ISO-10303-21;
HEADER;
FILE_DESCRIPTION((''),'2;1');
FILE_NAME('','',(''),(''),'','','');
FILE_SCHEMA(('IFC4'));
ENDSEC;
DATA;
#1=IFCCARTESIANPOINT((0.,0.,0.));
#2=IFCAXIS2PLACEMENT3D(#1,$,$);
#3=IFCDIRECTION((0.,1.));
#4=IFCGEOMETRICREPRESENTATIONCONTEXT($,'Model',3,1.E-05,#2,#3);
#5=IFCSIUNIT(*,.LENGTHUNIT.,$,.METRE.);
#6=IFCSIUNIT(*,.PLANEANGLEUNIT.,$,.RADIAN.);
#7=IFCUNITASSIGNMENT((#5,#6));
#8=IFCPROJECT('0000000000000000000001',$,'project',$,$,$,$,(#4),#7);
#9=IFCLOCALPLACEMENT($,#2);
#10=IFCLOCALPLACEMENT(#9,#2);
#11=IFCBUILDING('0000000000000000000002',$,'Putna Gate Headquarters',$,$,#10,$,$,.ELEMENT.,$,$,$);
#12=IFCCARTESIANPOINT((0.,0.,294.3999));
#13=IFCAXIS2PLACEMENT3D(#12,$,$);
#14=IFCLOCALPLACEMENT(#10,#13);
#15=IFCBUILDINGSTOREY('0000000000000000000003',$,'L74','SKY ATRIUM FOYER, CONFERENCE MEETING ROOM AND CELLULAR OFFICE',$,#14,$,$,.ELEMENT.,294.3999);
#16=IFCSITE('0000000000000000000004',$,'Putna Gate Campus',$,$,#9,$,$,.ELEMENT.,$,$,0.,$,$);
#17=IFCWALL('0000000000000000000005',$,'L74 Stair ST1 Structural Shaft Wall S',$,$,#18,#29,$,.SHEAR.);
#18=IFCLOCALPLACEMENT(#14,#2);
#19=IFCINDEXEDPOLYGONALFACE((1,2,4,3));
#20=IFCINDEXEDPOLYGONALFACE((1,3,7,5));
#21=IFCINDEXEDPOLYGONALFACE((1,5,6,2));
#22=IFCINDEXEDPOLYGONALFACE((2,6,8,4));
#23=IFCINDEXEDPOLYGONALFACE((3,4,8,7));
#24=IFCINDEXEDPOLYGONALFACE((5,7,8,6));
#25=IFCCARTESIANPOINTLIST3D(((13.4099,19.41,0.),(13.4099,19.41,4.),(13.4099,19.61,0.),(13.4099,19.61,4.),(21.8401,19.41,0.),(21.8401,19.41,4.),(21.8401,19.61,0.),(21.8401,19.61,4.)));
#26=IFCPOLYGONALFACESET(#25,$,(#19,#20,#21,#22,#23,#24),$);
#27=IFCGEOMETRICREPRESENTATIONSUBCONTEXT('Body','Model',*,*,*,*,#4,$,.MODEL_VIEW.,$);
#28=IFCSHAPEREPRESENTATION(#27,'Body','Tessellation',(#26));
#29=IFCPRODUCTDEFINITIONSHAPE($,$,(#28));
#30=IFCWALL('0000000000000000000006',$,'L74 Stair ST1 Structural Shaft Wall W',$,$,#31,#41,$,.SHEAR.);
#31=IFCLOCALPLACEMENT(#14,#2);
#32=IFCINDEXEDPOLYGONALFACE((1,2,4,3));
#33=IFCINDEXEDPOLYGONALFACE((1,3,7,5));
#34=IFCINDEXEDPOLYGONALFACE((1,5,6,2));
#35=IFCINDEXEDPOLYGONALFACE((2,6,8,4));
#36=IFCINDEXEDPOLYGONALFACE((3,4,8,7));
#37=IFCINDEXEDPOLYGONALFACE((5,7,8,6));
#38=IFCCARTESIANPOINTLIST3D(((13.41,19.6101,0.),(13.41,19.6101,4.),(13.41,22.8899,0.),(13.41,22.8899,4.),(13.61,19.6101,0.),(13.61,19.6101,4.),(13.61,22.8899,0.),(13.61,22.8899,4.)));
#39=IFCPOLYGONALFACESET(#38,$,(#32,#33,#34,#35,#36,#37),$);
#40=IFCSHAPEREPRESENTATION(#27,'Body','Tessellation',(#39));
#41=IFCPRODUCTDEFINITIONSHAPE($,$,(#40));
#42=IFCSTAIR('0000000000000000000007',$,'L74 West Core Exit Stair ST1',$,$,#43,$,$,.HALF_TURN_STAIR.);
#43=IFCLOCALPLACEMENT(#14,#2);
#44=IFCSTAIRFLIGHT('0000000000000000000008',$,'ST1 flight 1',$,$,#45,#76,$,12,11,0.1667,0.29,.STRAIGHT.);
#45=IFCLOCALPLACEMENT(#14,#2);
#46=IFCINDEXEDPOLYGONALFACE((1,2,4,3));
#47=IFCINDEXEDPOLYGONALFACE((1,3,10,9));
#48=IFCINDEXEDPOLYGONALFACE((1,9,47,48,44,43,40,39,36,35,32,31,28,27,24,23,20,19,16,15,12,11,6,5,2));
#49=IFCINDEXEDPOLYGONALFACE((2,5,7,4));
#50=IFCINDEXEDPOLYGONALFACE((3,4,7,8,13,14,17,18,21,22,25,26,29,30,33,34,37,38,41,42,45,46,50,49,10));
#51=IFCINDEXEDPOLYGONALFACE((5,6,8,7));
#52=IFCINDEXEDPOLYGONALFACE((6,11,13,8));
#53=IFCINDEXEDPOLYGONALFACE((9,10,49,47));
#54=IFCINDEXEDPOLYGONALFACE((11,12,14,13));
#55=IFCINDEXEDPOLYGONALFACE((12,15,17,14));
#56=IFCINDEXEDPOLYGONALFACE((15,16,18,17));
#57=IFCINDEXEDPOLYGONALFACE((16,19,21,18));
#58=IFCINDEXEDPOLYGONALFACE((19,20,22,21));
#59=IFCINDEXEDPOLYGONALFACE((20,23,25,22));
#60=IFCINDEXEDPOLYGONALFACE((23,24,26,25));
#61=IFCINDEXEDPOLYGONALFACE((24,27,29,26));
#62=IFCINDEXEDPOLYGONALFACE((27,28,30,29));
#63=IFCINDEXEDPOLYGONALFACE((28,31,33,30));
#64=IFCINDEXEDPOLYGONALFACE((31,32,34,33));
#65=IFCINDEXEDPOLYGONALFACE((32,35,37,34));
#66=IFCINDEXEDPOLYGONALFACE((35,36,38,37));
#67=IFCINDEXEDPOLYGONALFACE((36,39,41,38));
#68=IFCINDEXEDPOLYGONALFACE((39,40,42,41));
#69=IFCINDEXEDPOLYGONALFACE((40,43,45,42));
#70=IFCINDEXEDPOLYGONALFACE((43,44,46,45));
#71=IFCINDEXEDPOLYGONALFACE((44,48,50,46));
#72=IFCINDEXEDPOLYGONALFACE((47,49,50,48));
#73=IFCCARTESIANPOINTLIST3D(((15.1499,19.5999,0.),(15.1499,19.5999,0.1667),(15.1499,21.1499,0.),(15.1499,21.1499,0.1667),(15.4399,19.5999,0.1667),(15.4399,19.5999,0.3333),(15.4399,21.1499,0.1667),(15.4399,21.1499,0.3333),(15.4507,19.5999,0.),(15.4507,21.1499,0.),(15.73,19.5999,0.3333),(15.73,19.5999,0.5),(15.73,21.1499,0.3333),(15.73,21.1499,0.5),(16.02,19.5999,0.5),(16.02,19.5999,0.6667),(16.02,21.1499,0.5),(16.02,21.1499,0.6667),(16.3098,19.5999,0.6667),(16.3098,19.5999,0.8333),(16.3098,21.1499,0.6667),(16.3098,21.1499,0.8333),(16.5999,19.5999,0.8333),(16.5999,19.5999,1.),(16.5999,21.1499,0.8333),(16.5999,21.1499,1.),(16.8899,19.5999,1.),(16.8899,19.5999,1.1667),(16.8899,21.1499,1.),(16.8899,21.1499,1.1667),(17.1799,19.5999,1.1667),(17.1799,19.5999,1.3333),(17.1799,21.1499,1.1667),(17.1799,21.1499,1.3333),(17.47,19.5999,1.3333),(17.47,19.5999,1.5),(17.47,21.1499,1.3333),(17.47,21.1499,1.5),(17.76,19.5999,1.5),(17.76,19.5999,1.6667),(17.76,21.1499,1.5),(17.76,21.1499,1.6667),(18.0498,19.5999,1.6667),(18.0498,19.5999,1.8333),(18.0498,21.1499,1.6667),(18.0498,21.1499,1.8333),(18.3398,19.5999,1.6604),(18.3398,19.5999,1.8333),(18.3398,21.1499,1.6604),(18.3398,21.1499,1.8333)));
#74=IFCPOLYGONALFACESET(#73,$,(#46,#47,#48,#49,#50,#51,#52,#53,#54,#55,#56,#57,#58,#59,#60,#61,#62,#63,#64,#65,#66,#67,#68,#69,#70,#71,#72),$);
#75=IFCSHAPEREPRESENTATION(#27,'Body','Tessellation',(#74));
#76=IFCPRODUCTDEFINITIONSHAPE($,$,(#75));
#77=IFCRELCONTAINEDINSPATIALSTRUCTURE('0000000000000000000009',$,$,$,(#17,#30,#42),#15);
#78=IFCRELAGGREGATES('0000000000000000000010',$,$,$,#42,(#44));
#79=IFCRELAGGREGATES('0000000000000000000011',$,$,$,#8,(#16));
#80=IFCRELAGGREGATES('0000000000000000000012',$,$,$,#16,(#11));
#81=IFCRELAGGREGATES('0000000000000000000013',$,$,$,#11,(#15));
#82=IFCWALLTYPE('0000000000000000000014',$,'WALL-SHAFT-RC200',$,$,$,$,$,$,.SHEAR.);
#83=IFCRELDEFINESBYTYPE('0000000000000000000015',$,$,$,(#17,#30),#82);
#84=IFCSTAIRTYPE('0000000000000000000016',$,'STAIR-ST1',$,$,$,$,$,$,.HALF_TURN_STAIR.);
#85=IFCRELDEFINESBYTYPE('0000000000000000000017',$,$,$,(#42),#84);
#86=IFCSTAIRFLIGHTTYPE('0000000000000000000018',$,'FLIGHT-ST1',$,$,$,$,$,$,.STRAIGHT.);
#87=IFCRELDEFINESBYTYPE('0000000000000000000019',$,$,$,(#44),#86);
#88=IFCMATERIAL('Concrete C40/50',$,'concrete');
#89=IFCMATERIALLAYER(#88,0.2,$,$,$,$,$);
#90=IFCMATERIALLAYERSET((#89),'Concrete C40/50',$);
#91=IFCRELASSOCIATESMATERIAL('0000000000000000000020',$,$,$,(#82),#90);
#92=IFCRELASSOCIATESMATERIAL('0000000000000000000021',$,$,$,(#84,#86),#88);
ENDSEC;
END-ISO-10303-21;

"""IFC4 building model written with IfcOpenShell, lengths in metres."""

from ifc_helpers import new_model, si_unit, direction, frame, frame_2d, origin, place, context, subcontext, project, spatial, polyline, rectangle, outline, extrude, material, layer, layer_set, type_object, element, aggregate, save


model = new_model("IFC4")

# Units and contexts
model_context = context("Model", 3, precision=1e-05, world=origin(), true_north=direction((0.0, 1.0)))
body_context = subcontext(model_context, "Body", "Model", "MODEL_VIEW")
ifc_project = project(units=[si_unit("LENGTHUNIT", "METRE"), si_unit("PLANEANGLEUNIT", "RADIAN")], contexts=[model_context])

# Site, building, storey
site_placement = place(None, origin())
site = spatial("IfcSite", under=ifc_project, at=site_placement, Name="Putna Gate Campus", CompositionType="ELEMENT", RefElevation=0.0)
building_placement = place(site_placement, origin())
building = spatial("IfcBuilding", under=site, at=building_placement, Name="Putna Gate Headquarters", CompositionType="ELEMENT")
storey_placement = place(building_placement, frame((0.0, 0.0, 294.3999)))
storey = spatial("IfcBuildingStorey", under=building, at=storey_placement, Name="L74", Description="SKY ATRIUM FOYER, CONFERENCE MEETING ROOM AND CELLULAR OFFICE", CompositionType="ELEMENT", Elevation=294.3999)

# Walls
ifc_material_1 = material(Name="Concrete C40/50", Category="concrete")
ifc_layer_1 = layer(ifc_material_1, 0.2)
ifc_layer_set_1 = layer_set([ifc_layer_1], Name="Concrete C40/50")
wall_type_1 = type_object("IfcWallType", Name="WALL-SHAFT-RC200", PredefinedType="SHEAR", material=ifc_layer_set_1)
wall_1_placement = place(storey_placement, frame((13.4099, 19.51, 0.0), z_axis=(0.0, 0.0, 1.0), x_axis=(1.0, 0.0, 0.0)))
element("IfcWall", 1, at=wall_1_placement, inside=storey, type_object=wall_type_1, Name="L74 Stair ST1 Structural Shaft Wall S", PredefinedType="SHEAR", context=body_context, shape_type="SweptSolid", body=[
    extrude(rectangle(XDim=8.4302, YDim=0.2, at=frame_2d((4.2151, 0.0))), origin(), (0.0, 0.0, 1.0), 4.0),
])
wall_2_placement = place(storey_placement, frame((13.51, 19.6101, 0.0), z_axis=(0.0, 0.0, 1.0), x_axis=(0.0, 1.0, 0.0)))
element("IfcWall", 2, at=wall_2_placement, inside=storey, type_object=wall_type_1, Name="L74 Stair ST1 Structural Shaft Wall W", PredefinedType="SHEAR", context=body_context, shape_type="SweptSolid", body=[
    extrude(rectangle(XDim=3.2798, YDim=0.2, at=frame_2d((1.6399, 0.0))), origin(), (0.0, 0.0, 1.0), 4.0),
])

# Stair, stair flight
stair_type = type_object("IfcStairType", Name="STAIR-ST1", PredefinedType="HALF_TURN_STAIR", material=ifc_material_1)
stair_placement = place(storey_placement, origin())
stair = element("IfcStair", 3, at=stair_placement, inside=storey, type_object=stair_type, Name="L74 West Core Exit Stair ST1", PredefinedType="HALF_TURN_STAIR")
stair_flight_type = type_object("IfcStairFlightType", Name="FLIGHT-ST1", PredefinedType="STRAIGHT", material=ifc_material_1)
stair_flight_placement = place(storey_placement, frame((15.1499, 20.375, 0.0), z_axis=(0.0, 0.0, 1.0), x_axis=(1.0, 0.0, 0.0)))
stair_flight = element("IfcStairFlight", 4, at=stair_flight_placement, type_object=stair_flight_type, Name="ST1 flight 1", NumberOfRisers=12, NumberOfTreads=11, PredefinedType="STRAIGHT", RiserHeight=0.1667, TreadLength=0.29, context=body_context, shape_type="SweptSolid", body=[
    extrude(outline(polyline([(0.0, 0.0), (0.0, 0.1667), (0.29, 0.1667), (0.29, 0.3333), (0.5801, 0.3333), (0.5801, 0.5), (0.8701, 0.5), (0.8701, 0.6667), (1.1599, 0.6667), (1.1599, 0.8333), (1.45, 0.8333), (1.45, 1.0), (1.74, 1.0), (1.74, 1.1667), (2.03, 1.1667), (2.03, 1.3333), (2.3201, 1.3333), (2.3201, 1.5), (2.6101, 1.5), (2.6101, 1.6667), (2.8999, 1.6667), (2.8999, 1.8333), (3.1899, 1.8333), (3.1899, 2.0), (3.1899, 1.6604), (0.3008, 0.0), (0.0, 0.0)])), frame((0.0, 0.7749, 0.0), z_axis=(0.0, -1.0, 0.0), x_axis=(1.0, 0.0, 0.0)), (0.0, 0.0, 1.0), 1.55),
])
aggregate(stair, [stair_flight])

save(model, "model.ifc")
